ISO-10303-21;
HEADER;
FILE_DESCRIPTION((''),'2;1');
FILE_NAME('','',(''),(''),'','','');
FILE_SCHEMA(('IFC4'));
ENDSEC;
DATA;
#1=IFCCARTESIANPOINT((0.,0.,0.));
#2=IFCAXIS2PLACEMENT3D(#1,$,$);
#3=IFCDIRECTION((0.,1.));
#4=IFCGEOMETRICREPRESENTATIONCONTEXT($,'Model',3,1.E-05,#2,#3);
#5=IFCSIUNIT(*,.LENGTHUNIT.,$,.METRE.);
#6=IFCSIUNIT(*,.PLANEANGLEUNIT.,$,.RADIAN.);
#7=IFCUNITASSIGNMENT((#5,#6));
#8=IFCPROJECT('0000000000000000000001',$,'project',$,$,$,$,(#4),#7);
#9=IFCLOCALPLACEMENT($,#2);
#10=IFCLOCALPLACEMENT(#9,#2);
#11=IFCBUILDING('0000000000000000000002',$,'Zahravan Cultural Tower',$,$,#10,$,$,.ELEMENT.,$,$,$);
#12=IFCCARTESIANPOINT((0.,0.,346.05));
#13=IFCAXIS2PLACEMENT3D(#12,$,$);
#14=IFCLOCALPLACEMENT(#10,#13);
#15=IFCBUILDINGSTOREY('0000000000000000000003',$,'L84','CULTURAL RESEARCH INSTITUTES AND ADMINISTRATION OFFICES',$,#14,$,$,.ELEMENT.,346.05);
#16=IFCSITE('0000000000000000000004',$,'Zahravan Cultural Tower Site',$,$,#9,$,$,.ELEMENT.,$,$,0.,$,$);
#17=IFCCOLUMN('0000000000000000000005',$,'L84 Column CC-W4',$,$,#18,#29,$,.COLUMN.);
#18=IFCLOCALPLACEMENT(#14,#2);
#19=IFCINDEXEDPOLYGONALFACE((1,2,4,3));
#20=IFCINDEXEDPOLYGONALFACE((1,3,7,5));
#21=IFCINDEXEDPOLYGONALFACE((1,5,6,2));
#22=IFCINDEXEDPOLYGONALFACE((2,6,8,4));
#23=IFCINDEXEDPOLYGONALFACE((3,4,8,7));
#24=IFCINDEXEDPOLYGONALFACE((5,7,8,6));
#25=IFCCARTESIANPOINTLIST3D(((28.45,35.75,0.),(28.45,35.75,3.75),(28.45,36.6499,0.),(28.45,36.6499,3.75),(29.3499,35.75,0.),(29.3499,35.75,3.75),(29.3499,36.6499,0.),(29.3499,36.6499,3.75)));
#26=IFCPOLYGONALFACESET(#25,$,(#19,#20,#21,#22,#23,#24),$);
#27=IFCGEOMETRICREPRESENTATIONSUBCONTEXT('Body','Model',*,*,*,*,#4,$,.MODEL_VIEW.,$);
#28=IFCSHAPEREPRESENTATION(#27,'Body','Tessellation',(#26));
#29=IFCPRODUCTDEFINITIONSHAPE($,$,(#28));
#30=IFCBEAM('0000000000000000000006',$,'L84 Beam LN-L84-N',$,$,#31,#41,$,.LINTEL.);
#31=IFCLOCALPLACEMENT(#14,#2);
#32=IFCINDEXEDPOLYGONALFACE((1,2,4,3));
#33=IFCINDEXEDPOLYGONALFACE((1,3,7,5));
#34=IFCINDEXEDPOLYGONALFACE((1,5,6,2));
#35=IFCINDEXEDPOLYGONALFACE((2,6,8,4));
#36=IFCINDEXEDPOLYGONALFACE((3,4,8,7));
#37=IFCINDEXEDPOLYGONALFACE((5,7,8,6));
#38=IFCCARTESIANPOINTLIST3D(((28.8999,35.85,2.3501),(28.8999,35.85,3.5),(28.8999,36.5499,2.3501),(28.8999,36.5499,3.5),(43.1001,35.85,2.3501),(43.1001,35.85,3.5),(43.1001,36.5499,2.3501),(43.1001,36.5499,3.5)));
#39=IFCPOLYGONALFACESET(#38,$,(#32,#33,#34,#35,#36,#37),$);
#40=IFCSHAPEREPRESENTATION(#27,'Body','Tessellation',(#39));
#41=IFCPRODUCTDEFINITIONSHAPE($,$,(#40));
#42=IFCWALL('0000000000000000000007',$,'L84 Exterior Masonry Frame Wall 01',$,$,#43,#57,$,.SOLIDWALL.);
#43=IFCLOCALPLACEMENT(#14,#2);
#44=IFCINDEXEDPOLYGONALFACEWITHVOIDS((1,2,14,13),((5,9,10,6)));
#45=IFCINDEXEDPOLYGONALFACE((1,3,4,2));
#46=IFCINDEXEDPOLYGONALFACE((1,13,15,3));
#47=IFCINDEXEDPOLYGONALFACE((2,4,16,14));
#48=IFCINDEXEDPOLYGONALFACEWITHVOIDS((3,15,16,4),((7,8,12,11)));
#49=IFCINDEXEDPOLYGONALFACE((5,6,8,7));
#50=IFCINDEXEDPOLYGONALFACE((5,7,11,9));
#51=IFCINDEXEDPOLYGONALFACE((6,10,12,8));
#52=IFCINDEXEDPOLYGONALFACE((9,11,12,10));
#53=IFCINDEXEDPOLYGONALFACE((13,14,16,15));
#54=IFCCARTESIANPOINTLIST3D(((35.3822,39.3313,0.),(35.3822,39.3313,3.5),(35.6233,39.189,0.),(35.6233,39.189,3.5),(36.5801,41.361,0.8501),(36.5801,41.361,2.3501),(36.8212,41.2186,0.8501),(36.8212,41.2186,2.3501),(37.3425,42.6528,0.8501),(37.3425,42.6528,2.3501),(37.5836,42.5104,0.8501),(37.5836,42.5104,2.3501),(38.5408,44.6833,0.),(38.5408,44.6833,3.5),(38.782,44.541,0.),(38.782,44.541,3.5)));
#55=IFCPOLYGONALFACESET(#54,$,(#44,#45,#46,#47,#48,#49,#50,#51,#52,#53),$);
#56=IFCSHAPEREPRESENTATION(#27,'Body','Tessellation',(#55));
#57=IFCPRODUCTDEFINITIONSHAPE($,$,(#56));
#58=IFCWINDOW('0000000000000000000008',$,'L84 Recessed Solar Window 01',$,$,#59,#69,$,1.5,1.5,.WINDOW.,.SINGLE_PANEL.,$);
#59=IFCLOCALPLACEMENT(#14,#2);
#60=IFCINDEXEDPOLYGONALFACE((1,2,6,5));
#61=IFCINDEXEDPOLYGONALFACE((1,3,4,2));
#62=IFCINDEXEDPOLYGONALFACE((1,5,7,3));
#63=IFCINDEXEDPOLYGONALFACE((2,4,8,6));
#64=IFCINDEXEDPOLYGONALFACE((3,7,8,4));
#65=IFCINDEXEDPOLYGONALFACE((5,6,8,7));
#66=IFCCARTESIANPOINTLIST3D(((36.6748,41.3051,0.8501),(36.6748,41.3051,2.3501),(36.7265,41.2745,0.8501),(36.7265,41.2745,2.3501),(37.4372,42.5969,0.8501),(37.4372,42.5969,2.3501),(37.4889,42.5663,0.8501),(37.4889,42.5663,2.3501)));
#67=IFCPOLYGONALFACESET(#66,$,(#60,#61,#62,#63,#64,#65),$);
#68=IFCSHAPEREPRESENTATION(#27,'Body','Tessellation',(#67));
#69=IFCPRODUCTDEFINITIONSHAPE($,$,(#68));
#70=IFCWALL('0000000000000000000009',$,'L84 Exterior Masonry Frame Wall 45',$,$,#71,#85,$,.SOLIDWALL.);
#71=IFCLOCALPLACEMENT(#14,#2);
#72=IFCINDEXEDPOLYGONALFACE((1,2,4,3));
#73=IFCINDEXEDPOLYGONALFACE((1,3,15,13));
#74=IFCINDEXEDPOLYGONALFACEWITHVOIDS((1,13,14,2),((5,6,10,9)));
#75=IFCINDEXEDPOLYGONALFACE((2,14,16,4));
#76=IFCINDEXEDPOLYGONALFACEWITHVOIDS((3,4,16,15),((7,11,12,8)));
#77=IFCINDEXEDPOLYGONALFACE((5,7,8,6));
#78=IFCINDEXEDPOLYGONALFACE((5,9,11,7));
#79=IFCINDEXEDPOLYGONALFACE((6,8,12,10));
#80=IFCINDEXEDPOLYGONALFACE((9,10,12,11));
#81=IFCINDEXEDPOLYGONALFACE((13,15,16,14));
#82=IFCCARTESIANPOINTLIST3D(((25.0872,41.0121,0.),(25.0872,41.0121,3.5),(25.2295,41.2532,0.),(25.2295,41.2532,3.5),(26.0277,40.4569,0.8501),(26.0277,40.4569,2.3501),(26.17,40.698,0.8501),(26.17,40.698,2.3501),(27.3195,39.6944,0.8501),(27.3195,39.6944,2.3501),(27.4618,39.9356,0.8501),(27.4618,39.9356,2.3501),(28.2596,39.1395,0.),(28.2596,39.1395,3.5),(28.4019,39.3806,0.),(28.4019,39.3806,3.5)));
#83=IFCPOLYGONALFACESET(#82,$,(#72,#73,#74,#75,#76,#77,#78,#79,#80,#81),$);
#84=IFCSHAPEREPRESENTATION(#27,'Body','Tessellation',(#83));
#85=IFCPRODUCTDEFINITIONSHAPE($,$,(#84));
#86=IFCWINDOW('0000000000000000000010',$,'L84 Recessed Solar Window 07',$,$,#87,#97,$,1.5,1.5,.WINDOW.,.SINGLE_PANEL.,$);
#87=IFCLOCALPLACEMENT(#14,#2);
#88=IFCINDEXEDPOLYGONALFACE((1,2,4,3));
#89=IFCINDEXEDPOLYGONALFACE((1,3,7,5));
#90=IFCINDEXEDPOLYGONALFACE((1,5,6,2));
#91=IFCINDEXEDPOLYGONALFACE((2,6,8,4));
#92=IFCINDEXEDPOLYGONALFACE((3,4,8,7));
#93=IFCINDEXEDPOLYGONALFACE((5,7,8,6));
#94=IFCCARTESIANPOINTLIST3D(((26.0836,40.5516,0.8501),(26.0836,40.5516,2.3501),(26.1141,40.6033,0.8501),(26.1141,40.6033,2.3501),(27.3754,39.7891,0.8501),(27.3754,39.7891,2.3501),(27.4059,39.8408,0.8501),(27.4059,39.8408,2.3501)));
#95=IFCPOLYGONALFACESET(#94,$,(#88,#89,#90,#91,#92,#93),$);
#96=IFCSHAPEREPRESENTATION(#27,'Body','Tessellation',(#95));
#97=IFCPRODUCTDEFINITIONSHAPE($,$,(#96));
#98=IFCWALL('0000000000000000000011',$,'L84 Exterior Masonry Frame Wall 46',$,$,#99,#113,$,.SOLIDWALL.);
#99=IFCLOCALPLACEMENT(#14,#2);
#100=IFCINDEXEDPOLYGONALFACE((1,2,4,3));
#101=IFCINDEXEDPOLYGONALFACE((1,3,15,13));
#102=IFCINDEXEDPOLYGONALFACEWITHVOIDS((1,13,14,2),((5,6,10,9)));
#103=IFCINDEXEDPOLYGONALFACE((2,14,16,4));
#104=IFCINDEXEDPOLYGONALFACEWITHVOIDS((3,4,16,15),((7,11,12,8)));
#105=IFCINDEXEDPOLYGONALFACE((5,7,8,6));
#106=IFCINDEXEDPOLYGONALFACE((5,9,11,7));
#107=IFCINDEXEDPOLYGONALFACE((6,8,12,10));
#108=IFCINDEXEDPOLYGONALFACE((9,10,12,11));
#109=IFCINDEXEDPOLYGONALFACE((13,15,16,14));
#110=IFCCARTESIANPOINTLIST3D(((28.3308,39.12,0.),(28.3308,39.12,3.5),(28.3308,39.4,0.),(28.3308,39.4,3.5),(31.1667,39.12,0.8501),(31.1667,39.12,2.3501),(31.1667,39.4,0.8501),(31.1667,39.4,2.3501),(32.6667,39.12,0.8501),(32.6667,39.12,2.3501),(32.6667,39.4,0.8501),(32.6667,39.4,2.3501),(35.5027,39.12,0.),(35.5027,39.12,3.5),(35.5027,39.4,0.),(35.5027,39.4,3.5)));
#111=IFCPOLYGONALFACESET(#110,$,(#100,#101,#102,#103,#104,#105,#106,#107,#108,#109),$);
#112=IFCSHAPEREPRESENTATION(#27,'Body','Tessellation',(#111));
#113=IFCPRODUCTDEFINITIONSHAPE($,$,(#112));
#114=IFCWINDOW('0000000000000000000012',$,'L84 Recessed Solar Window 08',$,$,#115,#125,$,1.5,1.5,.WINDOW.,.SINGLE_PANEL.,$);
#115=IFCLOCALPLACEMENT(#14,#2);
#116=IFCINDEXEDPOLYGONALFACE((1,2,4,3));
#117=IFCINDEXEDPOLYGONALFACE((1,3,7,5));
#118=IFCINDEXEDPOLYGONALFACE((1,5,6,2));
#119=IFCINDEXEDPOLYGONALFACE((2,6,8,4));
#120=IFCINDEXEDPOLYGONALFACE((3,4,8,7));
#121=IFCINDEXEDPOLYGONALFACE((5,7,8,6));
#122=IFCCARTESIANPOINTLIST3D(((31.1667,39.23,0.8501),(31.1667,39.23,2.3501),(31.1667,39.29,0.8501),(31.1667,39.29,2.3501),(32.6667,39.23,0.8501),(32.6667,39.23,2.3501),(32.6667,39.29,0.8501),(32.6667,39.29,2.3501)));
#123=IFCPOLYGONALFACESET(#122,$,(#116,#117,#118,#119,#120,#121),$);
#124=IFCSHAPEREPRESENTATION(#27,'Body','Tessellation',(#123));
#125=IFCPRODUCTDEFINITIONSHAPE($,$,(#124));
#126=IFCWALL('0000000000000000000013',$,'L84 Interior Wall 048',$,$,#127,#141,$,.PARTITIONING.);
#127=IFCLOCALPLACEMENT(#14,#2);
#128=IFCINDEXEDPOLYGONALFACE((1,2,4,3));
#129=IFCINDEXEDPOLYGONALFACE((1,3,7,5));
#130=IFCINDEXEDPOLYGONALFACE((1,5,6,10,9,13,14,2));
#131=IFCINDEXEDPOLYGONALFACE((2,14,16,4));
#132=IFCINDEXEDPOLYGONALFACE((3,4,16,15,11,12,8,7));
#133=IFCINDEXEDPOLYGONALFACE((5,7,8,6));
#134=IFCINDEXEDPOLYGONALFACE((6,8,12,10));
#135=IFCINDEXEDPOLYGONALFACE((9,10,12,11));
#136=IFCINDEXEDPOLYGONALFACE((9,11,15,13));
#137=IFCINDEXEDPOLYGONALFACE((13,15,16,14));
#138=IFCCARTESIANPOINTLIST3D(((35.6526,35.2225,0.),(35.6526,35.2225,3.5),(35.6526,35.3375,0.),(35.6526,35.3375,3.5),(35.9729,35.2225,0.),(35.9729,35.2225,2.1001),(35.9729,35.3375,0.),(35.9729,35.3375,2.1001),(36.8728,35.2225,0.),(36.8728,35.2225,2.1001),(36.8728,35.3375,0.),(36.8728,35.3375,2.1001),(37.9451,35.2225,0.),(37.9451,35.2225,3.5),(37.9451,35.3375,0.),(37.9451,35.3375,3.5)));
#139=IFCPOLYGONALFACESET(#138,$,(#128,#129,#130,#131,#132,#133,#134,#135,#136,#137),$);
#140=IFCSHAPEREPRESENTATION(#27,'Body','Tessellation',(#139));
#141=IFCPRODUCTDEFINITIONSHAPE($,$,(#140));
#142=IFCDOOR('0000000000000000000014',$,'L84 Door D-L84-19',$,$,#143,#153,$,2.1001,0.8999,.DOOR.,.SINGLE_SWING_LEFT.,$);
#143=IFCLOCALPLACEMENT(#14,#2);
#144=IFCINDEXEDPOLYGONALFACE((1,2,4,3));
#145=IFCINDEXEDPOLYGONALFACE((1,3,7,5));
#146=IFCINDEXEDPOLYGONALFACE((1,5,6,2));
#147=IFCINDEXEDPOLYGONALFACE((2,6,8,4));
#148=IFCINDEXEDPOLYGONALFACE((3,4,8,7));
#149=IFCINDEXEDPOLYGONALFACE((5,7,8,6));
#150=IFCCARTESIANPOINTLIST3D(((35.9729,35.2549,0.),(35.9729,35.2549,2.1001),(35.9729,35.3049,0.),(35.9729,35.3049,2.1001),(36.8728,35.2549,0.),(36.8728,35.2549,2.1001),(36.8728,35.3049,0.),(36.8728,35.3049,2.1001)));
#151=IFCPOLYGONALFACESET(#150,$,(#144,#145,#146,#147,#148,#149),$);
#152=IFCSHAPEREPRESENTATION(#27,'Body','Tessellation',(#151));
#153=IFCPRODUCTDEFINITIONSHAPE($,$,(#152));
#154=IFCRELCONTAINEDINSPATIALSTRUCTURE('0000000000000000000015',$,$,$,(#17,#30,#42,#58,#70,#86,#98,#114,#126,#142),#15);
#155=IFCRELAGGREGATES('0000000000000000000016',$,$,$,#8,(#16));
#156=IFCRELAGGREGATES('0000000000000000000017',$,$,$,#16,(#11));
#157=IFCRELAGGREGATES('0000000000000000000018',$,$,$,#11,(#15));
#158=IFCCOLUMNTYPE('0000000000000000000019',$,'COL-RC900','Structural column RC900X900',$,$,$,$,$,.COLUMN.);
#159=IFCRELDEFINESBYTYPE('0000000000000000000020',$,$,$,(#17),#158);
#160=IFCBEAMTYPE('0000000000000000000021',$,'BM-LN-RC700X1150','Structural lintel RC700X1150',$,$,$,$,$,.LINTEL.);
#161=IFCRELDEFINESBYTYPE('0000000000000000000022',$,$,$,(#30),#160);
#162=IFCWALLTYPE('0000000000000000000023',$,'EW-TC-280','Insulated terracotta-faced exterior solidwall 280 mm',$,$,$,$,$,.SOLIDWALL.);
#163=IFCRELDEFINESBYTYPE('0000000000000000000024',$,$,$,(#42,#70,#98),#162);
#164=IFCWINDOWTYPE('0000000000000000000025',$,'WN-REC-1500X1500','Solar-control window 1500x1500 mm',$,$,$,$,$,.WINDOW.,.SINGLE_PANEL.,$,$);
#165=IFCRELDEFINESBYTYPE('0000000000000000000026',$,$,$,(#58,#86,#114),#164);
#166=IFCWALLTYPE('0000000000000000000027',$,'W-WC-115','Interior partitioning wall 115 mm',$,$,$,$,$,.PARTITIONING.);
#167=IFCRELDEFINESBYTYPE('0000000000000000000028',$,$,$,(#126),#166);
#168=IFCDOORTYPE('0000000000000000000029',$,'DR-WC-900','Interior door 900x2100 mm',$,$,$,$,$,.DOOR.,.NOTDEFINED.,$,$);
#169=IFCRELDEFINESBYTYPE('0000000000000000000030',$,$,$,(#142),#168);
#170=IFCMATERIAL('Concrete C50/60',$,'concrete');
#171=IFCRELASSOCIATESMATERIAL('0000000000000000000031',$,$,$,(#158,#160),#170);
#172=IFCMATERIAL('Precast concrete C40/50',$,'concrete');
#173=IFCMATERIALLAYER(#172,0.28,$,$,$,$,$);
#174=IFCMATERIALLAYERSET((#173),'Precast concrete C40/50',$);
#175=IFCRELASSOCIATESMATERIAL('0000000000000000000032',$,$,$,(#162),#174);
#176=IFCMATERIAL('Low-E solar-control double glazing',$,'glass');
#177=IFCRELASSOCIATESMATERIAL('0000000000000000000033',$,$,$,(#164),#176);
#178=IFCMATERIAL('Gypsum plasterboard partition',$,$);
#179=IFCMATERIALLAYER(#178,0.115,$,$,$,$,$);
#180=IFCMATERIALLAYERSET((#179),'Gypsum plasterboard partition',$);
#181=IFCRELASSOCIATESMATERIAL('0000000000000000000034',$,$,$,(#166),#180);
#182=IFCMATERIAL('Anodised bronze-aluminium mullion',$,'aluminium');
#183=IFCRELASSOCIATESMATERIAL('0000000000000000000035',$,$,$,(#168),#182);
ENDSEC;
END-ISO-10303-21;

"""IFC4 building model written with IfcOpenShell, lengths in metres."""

from ifc_helpers import new_model, si_unit, direction, frame, frame_2d, origin, origin_2d, place, context, subcontext, project, spatial, rectangle, extrude, source, transform, mapped, material, layer, layer_set, material_profile, profile_set, type_object, element, fill, save


model = new_model("IFC4")

# Units and contexts
model_context = context("Model", 3, precision=1e-05, world=origin(), true_north=direction((0.0, 1.0)))
body_context = subcontext(model_context, "Body", "Model", "MODEL_VIEW")
ifc_project = project(units=[si_unit("LENGTHUNIT", "METRE"), si_unit("PLANEANGLEUNIT", "RADIAN")], contexts=[model_context])

# Site, building, storey
site_placement = place(None, origin())
site = spatial("IfcSite", under=ifc_project, at=site_placement, Name="Zahravan Cultural Tower Site", CompositionType="ELEMENT", RefElevation=0.0)
building_placement = place(site_placement, origin())
building = spatial("IfcBuilding", under=site, at=building_placement, Name="Zahravan Cultural Tower", CompositionType="ELEMENT")
storey_placement = place(building_placement, frame((0.0, 0.0, 346.05)))
storey = spatial("IfcBuildingStorey", under=building, at=storey_placement, Name="L84", Description="CULTURAL RESEARCH INSTITUTES AND ADMINISTRATION OFFICES", CompositionType="ELEMENT", Elevation=346.05)

# Column
ifc_material_1 = material(Name="Concrete C50/60", Category="concrete")
ifc_material_profile_1 = material_profile(ifc_material_1, rectangle(XDim=0.8999, YDim=0.8999, at=origin_2d()), Name="RC900X900")
ifc_profile_set_1 = profile_set([ifc_material_profile_1], Name="Concrete C50/60")
column_type = type_object("IfcColumnType", Name="COL-RC900", Description="Structural column RC900X900", PredefinedType="COLUMN", material=ifc_profile_set_1)
shared_shape_1 = source(origin(), body_context, "Body", "SweptSolid", [
    extrude(rectangle(XDim=0.8999, YDim=0.8999, at=origin_2d()), origin(), (0.0, 0.0, 1.0), 3.75),
])
column_placement = place(storey_placement, frame((28.8999, 36.2, 0.0), z_axis=(0.0, 0.0, 1.0), x_axis=(1.0, 0.0, 0.0)))
element("IfcColumn", 1, at=column_placement, inside=storey, type_object=column_type, Name="L84 Column CC-W4", PredefinedType="COLUMN", context=body_context, shape_type="MappedRepresentation", body=[
    mapped(shared_shape_1, transform((0.0, 0.0, 0.0), x_axis=(1.0, 0.0, 0.0), y_axis=(0.0, 1.0, 0.0), z_axis=(0.0, 0.0, 1.0), scale=1.0)),
])

# Beam
ifc_material_profile_2 = material_profile(ifc_material_1, rectangle(XDim=0.7, YDim=1.1499, at=origin_2d()), Name="RC700X1150")
ifc_profile_set_2 = profile_set([ifc_material_profile_2], Name="Concrete C50/60")
beam_type = type_object("IfcBeamType", Name="BM-LN-RC700X1150", Description="Structural lintel RC700X1150", PredefinedType="LINTEL", material=ifc_profile_set_2)
shared_shape_2 = source(origin(), body_context, "Body", "SweptSolid", [
    extrude(rectangle(XDim=0.7, YDim=1.1499, at=origin_2d()), origin(), (0.0, 0.0, 1.0), 14.2002),
])
beam_placement = place(storey_placement, frame((28.8999, 36.2, 2.925), z_axis=(1.0, 0.0, 0.0), x_axis=(0.0, 1.0, 0.0)))
element("IfcBeam", 2, at=beam_placement, inside=storey, type_object=beam_type, Name="L84 Beam LN-L84-N", PredefinedType="LINTEL", context=body_context, shape_type="MappedRepresentation", body=[
    mapped(shared_shape_2, transform((0.0, 0.0, 0.0), x_axis=(1.0, 0.0, 0.0), y_axis=(0.0, 1.0, 0.0), z_axis=(0.0, 0.0, 1.0), scale=1.0)),
])

# Walls, openings, windows
ifc_material_2 = material(Name="Precast concrete C40/50", Category="concrete")
ifc_layer_1 = layer(ifc_material_2, 0.28)
ifc_layer_set_1 = layer_set([ifc_layer_1], Name="Precast concrete C40/50")
wall_type_1 = type_object("IfcWallType", Name="EW-TC-280", Description="Insulated terracotta-faced exterior solidwall 280 mm", PredefinedType="SOLIDWALL", material=ifc_layer_set_1)
wall_1_placement = place(storey_placement, frame((35.5027, 39.26, 0.0), z_axis=(0.0, 0.0, 1.0), x_axis=(0.508266, 0.8612, 0.0)))
wall_1 = element("IfcWall", 3, at=wall_1_placement, inside=storey, type_object=wall_type_1, Name="L84 Exterior Masonry Frame Wall 01", PredefinedType="SOLIDWALL", context=body_context, shape_type="SweptSolid", body=[
    extrude(rectangle(XDim=6.2146, YDim=0.28, at=frame_2d((3.1074, 0.0))), origin(), (0.0, 0.0, 1.0), 3.5),
])
opening_1_placement = place(wall_1_placement, frame((2.3569, 0.0, 0.8501)))
opening_1 = element("IfcOpeningElement", 4, at=opening_1_placement, cuts=wall_1, PredefinedType="OPENING", context=body_context, shape_type="SweptSolid", body=[
    extrude(rectangle(XDim=1.5, YDim=1.5, at=frame_2d((0.75, 0.75))), frame((0.0, 0.1499, 0.0), z_axis=(0.0, -1.0, 0.0), x_axis=(1.0, 0.0, 0.0)), (0.0, 0.0, 1.0), 0.3),
])
ifc_material_3 = material(Name="Low-E solar-control double glazing", Category="glass")
window_type = type_object("IfcWindowType", Name="WN-REC-1500X1500", Description="Solar-control window 1500x1500 mm", PartitioningType="SINGLE_PANEL", PredefinedType="WINDOW", material=ifc_material_3)
shared_shape_3 = source(origin(), body_context, "Body", "SweptSolid", [
    extrude(rectangle(XDim=1.5, YDim=1.5, at=frame_2d((0.75, 0.75))), frame((0.0, 0.03, 0.0), z_axis=(0.0, -1.0, 0.0), x_axis=(1.0, 0.0, 0.0)), (0.0, 0.0, 1.0), 0.0601),
])
window_1_placement = place(opening_1_placement, origin())
window_1 = element("IfcWindow", 5, at=window_1_placement, inside=storey, type_object=window_type, Name="L84 Recessed Solar Window 01", OverallHeight=1.5, OverallWidth=1.5, PartitioningType="SINGLE_PANEL", PredefinedType="WINDOW", context=body_context, shape_type="MappedRepresentation", body=[
    mapped(shared_shape_3, transform((0.0, 0.0, 0.0), x_axis=(1.0, 0.0, 0.0), y_axis=(0.0, 1.0, 0.0), z_axis=(0.0, 0.0, 1.0), scale=1.0)),
])
fill(opening_1, window_1)
wall_2_placement = place(storey_placement, frame((25.1584, 41.1326, 0.0), z_axis=(0.0, 0.0, 1.0), x_axis=(0.861167, -0.508323, 0.0)))
wall_2 = element("IfcWall", 6, at=wall_2_placement, inside=storey, type_object=wall_type_1, Name="L84 Exterior Masonry Frame Wall 45", PredefinedType="SOLIDWALL", context=body_context, shape_type="SweptSolid", body=[
    extrude(rectangle(XDim=3.6838, YDim=0.28, at=frame_2d((1.8418, 0.0))), origin(), (0.0, 0.0, 1.0), 3.5),
])
opening_2_placement = place(wall_2_placement, frame((1.092, 0.0, 0.8501)))
opening_2 = element("IfcOpeningElement", 7, at=opening_2_placement, cuts=wall_2, PredefinedType="OPENING", context=body_context, shape_type="SweptSolid", body=[
    extrude(rectangle(XDim=1.5, YDim=1.5, at=frame_2d((0.75, 0.75))), frame((0.0, 0.1499, 0.0), z_axis=(0.0, -1.0, 0.0), x_axis=(1.0, 0.0, 0.0)), (0.0, 0.0, 1.0), 0.3),
])
window_2_placement = place(opening_2_placement, origin())
window_2 = element("IfcWindow", 8, at=window_2_placement, inside=storey, type_object=window_type, Name="L84 Recessed Solar Window 07", OverallHeight=1.5, OverallWidth=1.5, PartitioningType="SINGLE_PANEL", PredefinedType="WINDOW", context=body_context, shape_type="MappedRepresentation", body=[
    mapped(shared_shape_3, transform((0.0, 0.0, 0.0), x_axis=(1.0, 0.0, 0.0), y_axis=(0.0, 1.0, 0.0), z_axis=(0.0, 0.0, 1.0), scale=1.0)),
])
fill(opening_2, window_2)
wall_3_placement = place(storey_placement, frame((28.3308, 39.26, 0.0), z_axis=(0.0, 0.0, 1.0), x_axis=(1.0, 0.0, 0.0)))
wall_3 = element("IfcWall", 9, at=wall_3_placement, inside=storey, type_object=wall_type_1, Name="L84 Exterior Masonry Frame Wall 46", PredefinedType="SOLIDWALL", context=body_context, shape_type="SweptSolid", body=[
    extrude(rectangle(XDim=7.1719, YDim=0.28, at=frame_2d((3.5859, 0.0))), origin(), (0.0, 0.0, 1.0), 3.5),
])
opening_3_placement = place(wall_3_placement, frame((2.8359, 0.0, 0.8501)))
opening_3 = element("IfcOpeningElement", 10, at=opening_3_placement, cuts=wall_3, PredefinedType="OPENING", context=body_context, shape_type="SweptSolid", body=[
    extrude(rectangle(XDim=1.5, YDim=1.5, at=frame_2d((0.75, 0.75))), frame((0.0, 0.1499, 0.0), z_axis=(0.0, -1.0, 0.0), x_axis=(1.0, 0.0, 0.0)), (0.0, 0.0, 1.0), 0.3),
])
window_3_placement = place(opening_3_placement, origin())
window_3 = element("IfcWindow", 11, at=window_3_placement, inside=storey, type_object=window_type, Name="L84 Recessed Solar Window 08", OverallHeight=1.5, OverallWidth=1.5, PartitioningType="SINGLE_PANEL", PredefinedType="WINDOW", context=body_context, shape_type="MappedRepresentation", body=[
    mapped(shared_shape_3, transform((0.0, 0.0, 0.0), x_axis=(1.0, 0.0, 0.0), y_axis=(0.0, 1.0, 0.0), z_axis=(0.0, 0.0, 1.0), scale=1.0)),
])
fill(opening_3, window_3)

# Wall, opening, door
ifc_material_4 = material(Name="Gypsum plasterboard partition")
ifc_layer_2 = layer(ifc_material_4, 0.115)
ifc_layer_set_2 = layer_set([ifc_layer_2], Name="Gypsum plasterboard partition")
wall_type_2 = type_object("IfcWallType", Name="W-WC-115", Description="Interior partitioning wall 115 mm", PredefinedType="PARTITIONING", material=ifc_layer_set_2)
wall_4_placement = place(storey_placement, frame((35.6526, 35.28, 0.0), z_axis=(0.0, 0.0, 1.0), x_axis=(1.0, 0.0, 0.0)))
wall_4 = element("IfcWall", 12, at=wall_4_placement, inside=storey, type_object=wall_type_2, Name="L84 Interior Wall 048", PredefinedType="PARTITIONING", context=body_context, shape_type="SweptSolid", body=[
    extrude(rectangle(XDim=2.2925, YDim=0.115, at=frame_2d((1.1462, 0.0))), origin(), (0.0, 0.0, 1.0), 3.5),
])
opening_4_placement = place(wall_4_placement, frame((0.3203, 0.0, 0.0)))
opening_4 = element("IfcOpeningElement", 13, at=opening_4_placement, cuts=wall_4, PredefinedType="OPENING", context=body_context, shape_type="SweptSolid", body=[
    extrude(rectangle(XDim=0.8999, YDim=2.1001, at=frame_2d((0.45, 1.05))), frame((0.0, 0.0674, 0.0), z_axis=(0.0, -1.0, 0.0), x_axis=(1.0, 0.0, 0.0)), (0.0, 0.0, 1.0), 0.135),
])
ifc_material_5 = material(Name="Anodised bronze-aluminium mullion", Category="aluminium")
door_type_1 = type_object("IfcDoorType", Name="DR-WC-900", Description="Interior door 900x2100 mm", OperationType="NOTDEFINED", PredefinedType="DOOR", material=ifc_material_5)
shared_shape_4 = source(origin(), body_context, "Body", "SweptSolid", [
    extrude(rectangle(XDim=0.8999, YDim=2.1001, at=frame_2d((0.45, 1.05))), frame((0.0, 0.0249, 0.0), z_axis=(0.0, -1.0, 0.0), x_axis=(1.0, 0.0, 0.0)), (0.0, 0.0, 1.0), 0.05),
])
door_1_placement = place(opening_4_placement, origin())
door_1 = element("IfcDoor", 14, at=door_1_placement, inside=storey, type_object=door_type_1, Name="L84 Door D-L84-19", OperationType="SINGLE_SWING_LEFT", OverallHeight=2.1001, OverallWidth=0.8999, PredefinedType="DOOR", context=body_context, shape_type="MappedRepresentation", body=[
    mapped(shared_shape_4, transform((0.0, 0.0, 0.0), x_axis=(1.0, 0.0, 0.0), y_axis=(0.0, 1.0, 0.0), z_axis=(0.0, 0.0, 1.0), scale=1.0)),
])
fill(opening_4, door_1)

save(model, "model.ifc")
